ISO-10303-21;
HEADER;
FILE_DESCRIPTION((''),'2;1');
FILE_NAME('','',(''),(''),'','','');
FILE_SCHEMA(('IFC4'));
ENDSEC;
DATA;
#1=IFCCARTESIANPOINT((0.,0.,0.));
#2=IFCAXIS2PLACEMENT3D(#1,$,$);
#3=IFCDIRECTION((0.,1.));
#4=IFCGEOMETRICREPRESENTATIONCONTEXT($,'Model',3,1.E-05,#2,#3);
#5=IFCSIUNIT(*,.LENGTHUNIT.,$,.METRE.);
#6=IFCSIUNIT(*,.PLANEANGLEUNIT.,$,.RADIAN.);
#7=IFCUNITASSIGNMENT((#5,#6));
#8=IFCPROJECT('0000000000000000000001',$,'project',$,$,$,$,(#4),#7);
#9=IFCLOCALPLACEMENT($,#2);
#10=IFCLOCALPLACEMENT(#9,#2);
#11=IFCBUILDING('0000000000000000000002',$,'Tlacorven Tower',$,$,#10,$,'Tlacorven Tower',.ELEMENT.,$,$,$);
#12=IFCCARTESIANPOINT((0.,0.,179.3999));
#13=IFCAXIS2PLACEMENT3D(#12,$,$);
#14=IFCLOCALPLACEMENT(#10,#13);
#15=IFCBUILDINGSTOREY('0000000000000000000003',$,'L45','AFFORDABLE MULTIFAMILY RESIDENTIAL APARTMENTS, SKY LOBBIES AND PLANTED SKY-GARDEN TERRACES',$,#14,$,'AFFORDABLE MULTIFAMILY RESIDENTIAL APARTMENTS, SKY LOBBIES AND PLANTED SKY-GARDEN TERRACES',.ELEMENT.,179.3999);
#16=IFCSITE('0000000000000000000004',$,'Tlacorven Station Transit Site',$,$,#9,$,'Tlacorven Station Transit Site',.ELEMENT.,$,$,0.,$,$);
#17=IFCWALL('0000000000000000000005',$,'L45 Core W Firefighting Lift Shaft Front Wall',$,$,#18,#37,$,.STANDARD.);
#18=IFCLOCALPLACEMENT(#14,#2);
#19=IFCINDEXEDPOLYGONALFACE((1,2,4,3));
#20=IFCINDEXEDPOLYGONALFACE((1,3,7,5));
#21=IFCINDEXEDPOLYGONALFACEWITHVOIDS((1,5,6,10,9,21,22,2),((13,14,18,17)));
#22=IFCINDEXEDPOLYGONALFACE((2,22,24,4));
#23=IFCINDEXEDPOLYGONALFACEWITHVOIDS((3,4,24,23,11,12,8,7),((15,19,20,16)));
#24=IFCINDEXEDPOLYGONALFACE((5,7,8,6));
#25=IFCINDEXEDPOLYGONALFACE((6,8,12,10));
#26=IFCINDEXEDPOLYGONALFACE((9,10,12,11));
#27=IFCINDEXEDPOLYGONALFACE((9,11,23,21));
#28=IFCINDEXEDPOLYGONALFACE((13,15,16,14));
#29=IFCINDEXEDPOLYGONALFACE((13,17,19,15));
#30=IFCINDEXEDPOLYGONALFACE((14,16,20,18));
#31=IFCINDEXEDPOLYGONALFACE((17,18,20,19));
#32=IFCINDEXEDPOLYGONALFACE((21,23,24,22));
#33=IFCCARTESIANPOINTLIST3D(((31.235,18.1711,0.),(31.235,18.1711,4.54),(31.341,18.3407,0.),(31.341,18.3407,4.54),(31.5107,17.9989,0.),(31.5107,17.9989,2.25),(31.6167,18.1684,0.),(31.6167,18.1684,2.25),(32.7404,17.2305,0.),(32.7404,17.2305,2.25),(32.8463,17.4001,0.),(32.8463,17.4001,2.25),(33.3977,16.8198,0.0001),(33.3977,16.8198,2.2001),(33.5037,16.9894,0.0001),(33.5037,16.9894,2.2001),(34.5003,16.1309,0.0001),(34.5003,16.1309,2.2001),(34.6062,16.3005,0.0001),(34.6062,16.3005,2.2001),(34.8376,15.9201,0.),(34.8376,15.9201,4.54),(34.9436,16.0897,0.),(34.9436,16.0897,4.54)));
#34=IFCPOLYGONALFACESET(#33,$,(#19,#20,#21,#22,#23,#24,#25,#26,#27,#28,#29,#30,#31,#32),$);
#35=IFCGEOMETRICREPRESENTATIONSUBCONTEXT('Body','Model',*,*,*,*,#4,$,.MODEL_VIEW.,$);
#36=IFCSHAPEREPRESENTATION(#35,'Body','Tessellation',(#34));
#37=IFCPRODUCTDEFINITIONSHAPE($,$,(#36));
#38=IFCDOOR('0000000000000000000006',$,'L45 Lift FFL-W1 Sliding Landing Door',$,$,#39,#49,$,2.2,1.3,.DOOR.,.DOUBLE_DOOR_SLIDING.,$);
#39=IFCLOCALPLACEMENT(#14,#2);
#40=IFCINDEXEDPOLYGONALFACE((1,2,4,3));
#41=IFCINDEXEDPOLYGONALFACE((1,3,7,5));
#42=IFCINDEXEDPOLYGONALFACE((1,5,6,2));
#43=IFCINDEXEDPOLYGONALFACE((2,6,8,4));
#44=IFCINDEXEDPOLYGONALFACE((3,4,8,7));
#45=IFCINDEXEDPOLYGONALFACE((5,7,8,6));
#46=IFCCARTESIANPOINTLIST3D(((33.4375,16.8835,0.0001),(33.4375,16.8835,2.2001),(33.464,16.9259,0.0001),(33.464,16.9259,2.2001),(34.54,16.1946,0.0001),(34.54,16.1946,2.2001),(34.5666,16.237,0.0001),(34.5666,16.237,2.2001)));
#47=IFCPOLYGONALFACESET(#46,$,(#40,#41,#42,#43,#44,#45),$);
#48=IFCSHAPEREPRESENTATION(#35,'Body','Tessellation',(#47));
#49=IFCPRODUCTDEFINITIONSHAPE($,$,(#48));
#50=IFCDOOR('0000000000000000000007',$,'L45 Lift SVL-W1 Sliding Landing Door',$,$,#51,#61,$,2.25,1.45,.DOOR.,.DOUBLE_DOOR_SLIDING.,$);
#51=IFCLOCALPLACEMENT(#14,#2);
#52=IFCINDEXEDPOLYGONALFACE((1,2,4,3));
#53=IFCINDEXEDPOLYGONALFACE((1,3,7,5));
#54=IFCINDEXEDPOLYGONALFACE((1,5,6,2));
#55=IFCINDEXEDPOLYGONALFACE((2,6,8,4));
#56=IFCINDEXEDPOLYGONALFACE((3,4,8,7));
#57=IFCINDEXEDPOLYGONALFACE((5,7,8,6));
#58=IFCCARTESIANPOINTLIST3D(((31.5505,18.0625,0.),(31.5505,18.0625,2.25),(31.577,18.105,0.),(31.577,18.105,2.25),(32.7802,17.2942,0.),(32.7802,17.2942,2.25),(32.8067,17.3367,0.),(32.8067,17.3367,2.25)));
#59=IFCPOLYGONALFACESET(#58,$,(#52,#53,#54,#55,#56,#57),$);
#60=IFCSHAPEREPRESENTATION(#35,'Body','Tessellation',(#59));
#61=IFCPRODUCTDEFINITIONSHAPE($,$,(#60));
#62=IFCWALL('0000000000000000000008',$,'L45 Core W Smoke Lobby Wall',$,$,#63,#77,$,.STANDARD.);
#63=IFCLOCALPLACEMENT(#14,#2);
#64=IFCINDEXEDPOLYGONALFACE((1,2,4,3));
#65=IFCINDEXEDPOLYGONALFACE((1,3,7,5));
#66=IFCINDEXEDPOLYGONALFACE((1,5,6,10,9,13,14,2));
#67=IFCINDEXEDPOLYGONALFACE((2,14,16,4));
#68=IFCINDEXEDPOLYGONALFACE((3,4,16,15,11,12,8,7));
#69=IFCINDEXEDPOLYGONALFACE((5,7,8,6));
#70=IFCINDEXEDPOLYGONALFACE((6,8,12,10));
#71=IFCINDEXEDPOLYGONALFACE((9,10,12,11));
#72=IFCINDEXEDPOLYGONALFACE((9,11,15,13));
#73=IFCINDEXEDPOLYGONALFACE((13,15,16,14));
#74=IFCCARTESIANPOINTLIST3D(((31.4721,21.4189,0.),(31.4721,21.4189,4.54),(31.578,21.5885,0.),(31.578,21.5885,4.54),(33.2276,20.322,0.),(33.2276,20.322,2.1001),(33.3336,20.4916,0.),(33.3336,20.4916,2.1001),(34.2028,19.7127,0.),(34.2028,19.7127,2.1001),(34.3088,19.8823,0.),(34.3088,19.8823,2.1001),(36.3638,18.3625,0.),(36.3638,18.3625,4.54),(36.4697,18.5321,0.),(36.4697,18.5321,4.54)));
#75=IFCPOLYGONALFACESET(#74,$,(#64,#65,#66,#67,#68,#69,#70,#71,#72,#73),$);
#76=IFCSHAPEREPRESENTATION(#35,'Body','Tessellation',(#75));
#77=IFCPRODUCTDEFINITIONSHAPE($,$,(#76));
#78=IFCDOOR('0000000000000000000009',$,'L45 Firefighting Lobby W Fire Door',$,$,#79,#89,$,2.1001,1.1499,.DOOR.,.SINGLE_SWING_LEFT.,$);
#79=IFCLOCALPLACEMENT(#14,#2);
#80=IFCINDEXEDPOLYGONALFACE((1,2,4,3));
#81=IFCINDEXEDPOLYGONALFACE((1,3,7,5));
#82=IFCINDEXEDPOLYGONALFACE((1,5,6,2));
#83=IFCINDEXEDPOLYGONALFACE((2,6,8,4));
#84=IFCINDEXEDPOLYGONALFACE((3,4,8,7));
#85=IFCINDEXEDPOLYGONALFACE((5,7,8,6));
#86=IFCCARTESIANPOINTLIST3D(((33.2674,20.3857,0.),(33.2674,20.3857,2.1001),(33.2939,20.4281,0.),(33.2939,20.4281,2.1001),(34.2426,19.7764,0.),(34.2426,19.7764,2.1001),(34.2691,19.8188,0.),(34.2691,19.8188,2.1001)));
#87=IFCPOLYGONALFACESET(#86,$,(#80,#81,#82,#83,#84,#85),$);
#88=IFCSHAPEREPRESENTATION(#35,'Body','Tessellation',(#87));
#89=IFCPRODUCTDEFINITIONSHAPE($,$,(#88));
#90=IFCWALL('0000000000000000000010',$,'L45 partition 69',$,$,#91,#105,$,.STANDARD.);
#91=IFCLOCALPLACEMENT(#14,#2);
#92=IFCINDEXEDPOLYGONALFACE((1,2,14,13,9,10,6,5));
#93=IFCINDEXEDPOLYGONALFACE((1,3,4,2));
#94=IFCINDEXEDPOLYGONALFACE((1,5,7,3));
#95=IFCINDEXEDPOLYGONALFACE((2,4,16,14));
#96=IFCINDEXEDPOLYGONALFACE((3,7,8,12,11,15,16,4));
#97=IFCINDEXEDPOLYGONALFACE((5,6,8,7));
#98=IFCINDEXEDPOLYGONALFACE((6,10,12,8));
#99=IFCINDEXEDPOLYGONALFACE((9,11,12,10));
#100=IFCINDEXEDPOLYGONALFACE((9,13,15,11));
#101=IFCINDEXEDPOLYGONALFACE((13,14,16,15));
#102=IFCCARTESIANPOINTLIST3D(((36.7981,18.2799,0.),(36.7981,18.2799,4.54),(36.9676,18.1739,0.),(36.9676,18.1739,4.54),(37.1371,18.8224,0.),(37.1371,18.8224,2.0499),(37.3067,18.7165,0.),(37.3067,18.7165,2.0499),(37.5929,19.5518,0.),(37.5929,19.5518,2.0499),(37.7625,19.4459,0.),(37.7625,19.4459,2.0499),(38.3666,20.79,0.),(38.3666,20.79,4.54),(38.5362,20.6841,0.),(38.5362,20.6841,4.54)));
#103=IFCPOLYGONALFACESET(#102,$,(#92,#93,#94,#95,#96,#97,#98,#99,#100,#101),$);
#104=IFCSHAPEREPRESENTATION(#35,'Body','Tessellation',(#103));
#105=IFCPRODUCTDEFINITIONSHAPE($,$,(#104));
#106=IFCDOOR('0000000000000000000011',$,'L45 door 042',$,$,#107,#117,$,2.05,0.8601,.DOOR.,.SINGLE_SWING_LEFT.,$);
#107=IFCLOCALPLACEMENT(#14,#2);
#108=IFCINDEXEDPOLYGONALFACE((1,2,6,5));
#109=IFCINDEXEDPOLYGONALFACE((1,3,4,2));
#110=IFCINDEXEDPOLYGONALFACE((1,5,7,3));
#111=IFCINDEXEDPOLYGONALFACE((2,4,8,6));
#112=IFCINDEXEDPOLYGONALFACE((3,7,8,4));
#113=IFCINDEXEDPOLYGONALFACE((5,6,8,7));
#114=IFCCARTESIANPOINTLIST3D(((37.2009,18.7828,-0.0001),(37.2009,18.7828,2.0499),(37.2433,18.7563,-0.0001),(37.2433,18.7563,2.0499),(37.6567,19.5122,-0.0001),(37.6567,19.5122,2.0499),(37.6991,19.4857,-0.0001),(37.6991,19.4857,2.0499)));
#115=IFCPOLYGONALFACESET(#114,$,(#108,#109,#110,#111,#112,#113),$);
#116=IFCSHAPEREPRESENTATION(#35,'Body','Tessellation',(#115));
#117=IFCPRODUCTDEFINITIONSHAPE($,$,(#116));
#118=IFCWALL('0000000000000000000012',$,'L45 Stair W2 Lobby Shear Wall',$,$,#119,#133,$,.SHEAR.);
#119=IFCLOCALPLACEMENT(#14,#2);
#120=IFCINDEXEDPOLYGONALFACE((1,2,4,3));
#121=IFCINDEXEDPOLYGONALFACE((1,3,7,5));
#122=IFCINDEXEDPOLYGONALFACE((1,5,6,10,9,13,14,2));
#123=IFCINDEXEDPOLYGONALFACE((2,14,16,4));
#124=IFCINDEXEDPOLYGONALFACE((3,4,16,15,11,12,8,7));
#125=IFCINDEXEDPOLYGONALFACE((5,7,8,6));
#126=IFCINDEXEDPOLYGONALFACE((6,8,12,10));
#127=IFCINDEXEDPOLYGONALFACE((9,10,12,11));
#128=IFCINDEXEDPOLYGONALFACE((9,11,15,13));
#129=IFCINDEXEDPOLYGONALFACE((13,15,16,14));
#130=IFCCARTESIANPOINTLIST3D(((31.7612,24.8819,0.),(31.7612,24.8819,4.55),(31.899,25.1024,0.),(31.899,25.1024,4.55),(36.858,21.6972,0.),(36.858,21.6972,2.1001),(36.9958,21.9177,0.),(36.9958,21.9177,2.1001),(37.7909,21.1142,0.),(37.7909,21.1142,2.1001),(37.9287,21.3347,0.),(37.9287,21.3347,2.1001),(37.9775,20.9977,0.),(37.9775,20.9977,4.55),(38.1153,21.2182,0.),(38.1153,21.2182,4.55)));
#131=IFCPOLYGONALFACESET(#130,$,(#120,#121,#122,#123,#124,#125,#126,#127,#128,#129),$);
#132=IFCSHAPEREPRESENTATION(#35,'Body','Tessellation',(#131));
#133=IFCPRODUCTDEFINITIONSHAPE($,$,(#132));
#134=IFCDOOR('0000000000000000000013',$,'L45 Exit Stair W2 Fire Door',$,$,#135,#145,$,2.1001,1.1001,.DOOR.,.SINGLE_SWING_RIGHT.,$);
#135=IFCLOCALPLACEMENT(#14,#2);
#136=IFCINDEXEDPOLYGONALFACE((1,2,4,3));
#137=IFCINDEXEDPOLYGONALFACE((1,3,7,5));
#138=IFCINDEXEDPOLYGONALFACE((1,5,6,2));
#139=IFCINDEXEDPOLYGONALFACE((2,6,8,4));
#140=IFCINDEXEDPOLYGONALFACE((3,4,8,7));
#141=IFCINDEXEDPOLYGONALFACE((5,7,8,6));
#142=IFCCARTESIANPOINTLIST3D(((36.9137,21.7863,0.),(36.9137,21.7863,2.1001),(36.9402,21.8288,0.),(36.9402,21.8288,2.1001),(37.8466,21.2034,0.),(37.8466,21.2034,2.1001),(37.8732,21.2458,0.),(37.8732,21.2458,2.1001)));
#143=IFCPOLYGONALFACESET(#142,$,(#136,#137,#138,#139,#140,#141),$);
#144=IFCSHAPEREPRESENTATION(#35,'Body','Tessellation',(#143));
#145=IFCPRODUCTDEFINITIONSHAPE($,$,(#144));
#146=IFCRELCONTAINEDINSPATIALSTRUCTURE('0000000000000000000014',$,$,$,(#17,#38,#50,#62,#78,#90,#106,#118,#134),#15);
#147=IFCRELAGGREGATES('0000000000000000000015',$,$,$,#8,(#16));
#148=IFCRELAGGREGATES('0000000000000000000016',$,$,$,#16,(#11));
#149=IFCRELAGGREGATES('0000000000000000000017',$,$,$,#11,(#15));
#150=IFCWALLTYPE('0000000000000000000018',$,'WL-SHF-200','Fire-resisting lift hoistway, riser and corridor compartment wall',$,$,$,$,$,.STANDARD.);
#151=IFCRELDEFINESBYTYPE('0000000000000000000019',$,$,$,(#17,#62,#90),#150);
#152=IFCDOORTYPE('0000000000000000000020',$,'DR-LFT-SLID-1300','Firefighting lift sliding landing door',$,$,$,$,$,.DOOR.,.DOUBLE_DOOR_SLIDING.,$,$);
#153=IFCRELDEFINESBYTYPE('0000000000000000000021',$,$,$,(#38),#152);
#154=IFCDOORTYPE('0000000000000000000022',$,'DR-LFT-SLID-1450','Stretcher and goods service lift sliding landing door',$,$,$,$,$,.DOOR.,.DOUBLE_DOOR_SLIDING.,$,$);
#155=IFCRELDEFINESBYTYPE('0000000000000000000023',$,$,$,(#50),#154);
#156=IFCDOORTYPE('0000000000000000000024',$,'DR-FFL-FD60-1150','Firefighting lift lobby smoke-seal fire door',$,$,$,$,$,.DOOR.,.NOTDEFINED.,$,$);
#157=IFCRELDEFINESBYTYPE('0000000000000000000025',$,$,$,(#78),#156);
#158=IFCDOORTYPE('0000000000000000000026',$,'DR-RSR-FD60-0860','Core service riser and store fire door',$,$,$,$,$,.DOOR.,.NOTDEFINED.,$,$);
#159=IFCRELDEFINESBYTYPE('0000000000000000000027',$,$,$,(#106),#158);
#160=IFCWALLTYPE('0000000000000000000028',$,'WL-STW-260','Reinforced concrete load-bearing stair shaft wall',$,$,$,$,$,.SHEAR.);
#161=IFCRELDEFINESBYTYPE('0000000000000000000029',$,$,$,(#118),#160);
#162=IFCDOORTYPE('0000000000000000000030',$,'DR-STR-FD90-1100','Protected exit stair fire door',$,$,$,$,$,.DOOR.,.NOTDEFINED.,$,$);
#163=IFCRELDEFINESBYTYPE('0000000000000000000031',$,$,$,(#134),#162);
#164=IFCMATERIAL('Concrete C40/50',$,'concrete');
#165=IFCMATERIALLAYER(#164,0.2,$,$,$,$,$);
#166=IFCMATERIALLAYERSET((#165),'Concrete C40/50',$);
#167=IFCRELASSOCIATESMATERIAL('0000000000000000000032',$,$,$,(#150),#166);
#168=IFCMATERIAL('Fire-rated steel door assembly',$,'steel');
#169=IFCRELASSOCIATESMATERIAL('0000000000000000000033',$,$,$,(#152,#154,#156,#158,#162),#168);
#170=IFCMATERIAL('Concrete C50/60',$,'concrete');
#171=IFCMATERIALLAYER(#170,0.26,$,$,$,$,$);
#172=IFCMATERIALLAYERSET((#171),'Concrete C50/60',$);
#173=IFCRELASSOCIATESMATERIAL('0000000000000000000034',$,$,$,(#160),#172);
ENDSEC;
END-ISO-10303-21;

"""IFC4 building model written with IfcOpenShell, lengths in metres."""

from ifc_helpers import new_model, si_unit, direction, frame, frame_2d, origin, place, context, subcontext, project, spatial, rectangle, extrude, source, transform, mapped, material, layer, layer_set, type_object, element, fill, save


model = new_model("IFC4")

# Units and contexts
model_context = context("Model", 3, precision=1e-05, world=origin(), true_north=direction((0.0, 1.0)))
body_context = subcontext(model_context, "Body", "Model", "MODEL_VIEW")
ifc_project = project(units=[si_unit("LENGTHUNIT", "METRE"), si_unit("PLANEANGLEUNIT", "RADIAN")], contexts=[model_context])

# Site, building, storey
site_placement = place(None, origin())
site = spatial("IfcSite", under=ifc_project, at=site_placement, Name="Tlacorven Station Transit Site", LongName="Tlacorven Station Transit Site", CompositionType="ELEMENT", RefElevation=0.0)
building_placement = place(site_placement, origin())
building = spatial("IfcBuilding", under=site, at=building_placement, Name="Tlacorven Tower", LongName="Tlacorven Tower", CompositionType="ELEMENT")
storey_placement = place(building_placement, frame((0.0, 0.0, 179.3999)))
storey = spatial("IfcBuildingStorey", under=building, at=storey_placement, Name="L45", Description="AFFORDABLE MULTIFAMILY RESIDENTIAL APARTMENTS, SKY LOBBIES AND PLANTED SKY-GARDEN TERRACES", LongName="AFFORDABLE MULTIFAMILY RESIDENTIAL APARTMENTS, SKY LOBBIES AND PLANTED SKY-GARDEN TERRACES", CompositionType="ELEMENT", Elevation=179.3999)

# Shared definitions
ifc_material_1 = material(Name="Fire-rated steel door assembly", Category="steel")

# Wall, openings, doors
ifc_material_2 = material(Name="Concrete C40/50", Category="concrete")
ifc_layer_1 = layer(ifc_material_2, 0.2)
ifc_layer_set_1 = layer_set([ifc_layer_1], Name="Concrete C40/50")
wall_type_1 = type_object("IfcWallType", Name="WL-SHF-200", Description="Fire-resisting lift hoistway, riser and corridor compartment wall", PredefinedType="STANDARD", material=ifc_layer_set_1)
wall_1_placement = place(storey_placement, frame((34.8906, 16.0049, 0.0), z_axis=(0.0, 0.0, 1.0), x_axis=(-0.848063, 0.529896, 0.0)))
wall_1 = element("IfcWall", 1, at=wall_1_placement, inside=storey, type_object=wall_type_1, Name="L45 Core W Firefighting Lift Shaft Front Wall", PredefinedType="STANDARD", context=body_context, shape_type="SweptSolid", body=[
    extrude(rectangle(XDim=4.248, YDim=0.2, at=frame_2d((2.124, 0.0))), origin(), (0.0, 0.0, 1.0), 4.54),
])
opening_1_placement = place(wall_1_placement, frame((0.3979, 0.0, 0.0)))
opening_1 = element("IfcOpeningElement", 2, at=opening_1_placement, cuts=wall_1, PredefinedType="OPENING", context=body_context, shape_type="SweptSolid", body=[
    extrude(rectangle(XDim=1.3, YDim=2.2, at=frame_2d((0.6499, 1.1001))), frame((0.0, 0.1099, 0.0), z_axis=(0.0, -1.0, 0.0), x_axis=(1.0, 0.0, 0.0)), (0.0, 0.0, 1.0), 0.22),
])
opening_2_placement = place(wall_1_placement, frame((2.4729, 0.0, 0.0)))
opening_2 = element("IfcOpeningElement", 3, at=opening_2_placement, cuts=wall_1, PredefinedType="OPENING", context=body_context, shape_type="SweptSolid", body=[
    extrude(rectangle(XDim=1.45, YDim=2.25, at=frame_2d((0.7251, 1.125))), frame((0.0, 0.1099, 0.0), z_axis=(0.0, -1.0, 0.0), x_axis=(1.0, 0.0, 0.0)), (0.0, 0.0, 1.0), 0.22),
])
door_type_1 = type_object("IfcDoorType", Name="DR-LFT-SLID-1300", Description="Firefighting lift sliding landing door", OperationType="DOUBLE_DOOR_SLIDING", PredefinedType="DOOR", material=ifc_material_1)
shared_shape_1 = source(origin(), body_context, "Body", "SweptSolid", [
    extrude(rectangle(XDim=1.3, YDim=2.2, at=frame_2d((0.6499, 1.1001))), frame((0.0, 0.0249, 0.0), z_axis=(0.0, -1.0, 0.0), x_axis=(1.0, 0.0, 0.0)), (0.0, 0.0, 1.0), 0.05),
])
door_1_placement = place(opening_1_placement, origin())
door_1 = element("IfcDoor", 4, at=door_1_placement, inside=storey, type_object=door_type_1, Name="L45 Lift FFL-W1 Sliding Landing Door", OperationType="DOUBLE_DOOR_SLIDING", OverallHeight=2.2, OverallWidth=1.3, PredefinedType="DOOR", context=body_context, shape_type="MappedRepresentation", body=[
    mapped(shared_shape_1, transform((0.0, 0.0, 0.0), scale=1.0)),
])
fill(opening_1, door_1)
door_type_2 = type_object("IfcDoorType", Name="DR-LFT-SLID-1450", Description="Stretcher and goods service lift sliding landing door", OperationType="DOUBLE_DOOR_SLIDING", PredefinedType="DOOR", material=ifc_material_1)
shared_shape_2 = source(origin(), body_context, "Body", "SweptSolid", [
    extrude(rectangle(XDim=1.45, YDim=2.25, at=frame_2d((0.7251, 1.125))), frame((0.0, 0.0249, 0.0), z_axis=(0.0, -1.0, 0.0), x_axis=(1.0, 0.0, 0.0)), (0.0, 0.0, 1.0), 0.05),
])
door_2_placement = place(opening_2_placement, origin())
door_2 = element("IfcDoor", 5, at=door_2_placement, inside=storey, type_object=door_type_2, Name="L45 Lift SVL-W1 Sliding Landing Door", OperationType="DOUBLE_DOOR_SLIDING", OverallHeight=2.25, OverallWidth=1.45, PredefinedType="DOOR", context=body_context, shape_type="MappedRepresentation", body=[
    mapped(shared_shape_2, transform((0.0, 0.0, 0.0), scale=1.0)),
])
fill(opening_2, door_2)

# Walls, openings, doors
wall_2_placement = place(storey_placement, frame((36.4167, 18.4473, 0.0), z_axis=(0.0, 0.0, 1.0), x_axis=(-0.848065, 0.529892, 0.0)))
wall_2 = element("IfcWall", 6, at=wall_2_placement, inside=storey, type_object=wall_type_1, Name="L45 Core W Smoke Lobby Wall", PredefinedType="STANDARD", context=body_context, shape_type="SweptSolid", body=[
    extrude(rectangle(XDim=5.7681, YDim=0.2, at=frame_2d((2.884, 0.0))), origin(), (0.0, 0.0, 1.0), 4.54),
])
opening_3_placement = place(wall_2_placement, frame((2.5481, 0.0, 0.0)))
opening_3 = element("IfcOpeningElement", 7, at=opening_3_placement, cuts=wall_2, PredefinedType="OPENING", context=body_context, shape_type="SweptSolid", body=[
    extrude(rectangle(XDim=1.1499, YDim=2.1001, at=frame_2d((0.575, 1.05))), frame((0.0, 0.1099, 0.0), z_axis=(0.0, -1.0, 0.0), x_axis=(1.0, 0.0, 0.0)), (0.0, 0.0, 1.0), 0.22),
])
door_type_3 = type_object("IfcDoorType", Name="DR-FFL-FD60-1150", Description="Firefighting lift lobby smoke-seal fire door", OperationType="NOTDEFINED", PredefinedType="DOOR", material=ifc_material_1)
shared_shape_3 = source(origin(), body_context, "Body", "SweptSolid", [
    extrude(rectangle(XDim=1.1499, YDim=2.1001, at=frame_2d((0.575, 1.05))), frame((0.0, 0.0249, 0.0), z_axis=(0.0, -1.0, 0.0), x_axis=(1.0, 0.0, 0.0)), (0.0, 0.0, 1.0), 0.05),
])
door_3_placement = place(opening_3_placement, origin())
door_3 = element("IfcDoor", 8, at=door_3_placement, inside=storey, type_object=door_type_3, Name="L45 Firefighting Lobby W Fire Door", OperationType="SINGLE_SWING_LEFT", OverallHeight=2.1001, OverallWidth=1.1499, PredefinedType="DOOR", context=body_context, shape_type="MappedRepresentation", body=[
    mapped(shared_shape_3, transform((0.0, 0.0, 0.0), scale=1.0)),
])
fill(opening_3, door_3)
wall_3_placement = place(storey_placement, frame((38.4514, 20.7371, 0.0), z_axis=(0.0, 0.0, 1.0), x_axis=(-0.529925, -0.848045, 0.0)))
wall_3 = element("IfcWall", 9, at=wall_3_placement, inside=storey, type_object=wall_type_1, Name="L45 partition 69", PredefinedType="STANDARD", context=body_context, shape_type="SweptSolid", body=[
    extrude(rectangle(XDim=2.96, YDim=0.2, at=frame_2d((1.48, 0.0))), origin(), (0.0, 0.0, 1.0), 4.54),
])
opening_4_placement = place(wall_3_placement, frame((1.46, 0.0, 0.0)))
opening_4 = element("IfcOpeningElement", 10, at=opening_4_placement, cuts=wall_3, PredefinedType="OPENING", context=body_context, shape_type="SweptSolid", body=[
    extrude(rectangle(XDim=0.8601, YDim=2.05, at=frame_2d((0.4302, 1.0249))), frame((0.0, 0.1099, 0.0), z_axis=(0.0, -1.0, 0.0), x_axis=(1.0, 0.0, 0.0)), (0.0, 0.0, 1.0), 0.22),
])
door_type_4 = type_object("IfcDoorType", Name="DR-RSR-FD60-0860", Description="Core service riser and store fire door", OperationType="NOTDEFINED", PredefinedType="DOOR", material=ifc_material_1)
shared_shape_4 = source(origin(), body_context, "Body", "SweptSolid", [
    extrude(rectangle(XDim=0.8601, YDim=2.05, at=frame_2d((0.4302, 1.0249))), frame((0.0, 0.0249, 0.0), z_axis=(0.0, -1.0, 0.0), x_axis=(1.0, 0.0, 0.0)), (0.0, 0.0, 1.0), 0.05),
])
door_4_placement = place(opening_4_placement, frame((0.8601, 0.0, 0.0), z_axis=(0.0, 0.0, 1.0), x_axis=(-1.0, 0.0, 0.0)))
door_4 = element("IfcDoor", 11, at=door_4_placement, inside=storey, type_object=door_type_4, Name="L45 door 042", OperationType="SINGLE_SWING_LEFT", OverallHeight=2.05, OverallWidth=0.8601, PredefinedType="DOOR", context=body_context, shape_type="MappedRepresentation", body=[
    mapped(shared_shape_4, transform((0.0, 0.0, 0.0), scale=1.0)),
])
fill(opening_4, door_4)
ifc_material_3 = material(Name="Concrete C50/60", Category="concrete")
ifc_layer_2 = layer(ifc_material_3, 0.26)
ifc_layer_set_2 = layer_set([ifc_layer_2], Name="Concrete C50/60")
wall_type_2 = type_object("IfcWallType", Name="WL-STW-260", Description="Reinforced concrete load-bearing stair shaft wall", PredefinedType="SHEAR", material=ifc_layer_set_2)
wall_4_placement = place(storey_placement, frame((38.0464, 21.1079, 0.0), z_axis=(0.0, 0.0, 1.0), x_axis=(-0.848054, 0.529909, 0.0)))
wall_4 = element("IfcWall", 12, at=wall_4_placement, inside=storey, type_object=wall_type_2, Name="L45 Stair W2 Lobby Shear Wall", PredefinedType="SHEAR", context=body_context, shape_type="SweptSolid", body=[
    extrude(rectangle(XDim=7.3301, YDim=0.26, at=frame_2d((3.665, 0.0))), origin(), (0.0, 0.0, 1.0), 4.55),
])
opening_5_placement = place(wall_4_placement, frame((0.22, 0.0, 0.0)))
opening_5 = element("IfcOpeningElement", 13, at=opening_5_placement, cuts=wall_4, PredefinedType="OPENING", context=body_context, shape_type="SweptSolid", body=[
    extrude(rectangle(XDim=1.1001, YDim=2.1001, at=frame_2d((0.55, 1.05))), frame((0.0, 0.1401, 0.0), z_axis=(0.0, -1.0, 0.0), x_axis=(1.0, 0.0, 0.0)), (0.0, 0.0, 1.0), 0.28),
])
door_type_5 = type_object("IfcDoorType", Name="DR-STR-FD90-1100", Description="Protected exit stair fire door", OperationType="NOTDEFINED", PredefinedType="DOOR", material=ifc_material_1)
shared_shape_5 = source(origin(), body_context, "Body", "SweptSolid", [
    extrude(rectangle(XDim=1.1001, YDim=2.1001, at=frame_2d((0.55, 1.05))), frame((0.0, 0.0249, 0.0), z_axis=(0.0, -1.0, 0.0), x_axis=(1.0, 0.0, 0.0)), (0.0, 0.0, 1.0), 0.05),
])
door_5_placement = place(opening_5_placement, origin())
door_5 = element("IfcDoor", 14, at=door_5_placement, inside=storey, type_object=door_type_5, Name="L45 Exit Stair W2 Fire Door", OperationType="SINGLE_SWING_RIGHT", OverallHeight=2.1001, OverallWidth=1.1001, PredefinedType="DOOR", context=body_context, shape_type="MappedRepresentation", body=[
    mapped(shared_shape_5, transform((0.0, 0.0, 0.0), scale=1.0)),
])
fill(opening_5, door_5)

save(model, "model.ifc")
